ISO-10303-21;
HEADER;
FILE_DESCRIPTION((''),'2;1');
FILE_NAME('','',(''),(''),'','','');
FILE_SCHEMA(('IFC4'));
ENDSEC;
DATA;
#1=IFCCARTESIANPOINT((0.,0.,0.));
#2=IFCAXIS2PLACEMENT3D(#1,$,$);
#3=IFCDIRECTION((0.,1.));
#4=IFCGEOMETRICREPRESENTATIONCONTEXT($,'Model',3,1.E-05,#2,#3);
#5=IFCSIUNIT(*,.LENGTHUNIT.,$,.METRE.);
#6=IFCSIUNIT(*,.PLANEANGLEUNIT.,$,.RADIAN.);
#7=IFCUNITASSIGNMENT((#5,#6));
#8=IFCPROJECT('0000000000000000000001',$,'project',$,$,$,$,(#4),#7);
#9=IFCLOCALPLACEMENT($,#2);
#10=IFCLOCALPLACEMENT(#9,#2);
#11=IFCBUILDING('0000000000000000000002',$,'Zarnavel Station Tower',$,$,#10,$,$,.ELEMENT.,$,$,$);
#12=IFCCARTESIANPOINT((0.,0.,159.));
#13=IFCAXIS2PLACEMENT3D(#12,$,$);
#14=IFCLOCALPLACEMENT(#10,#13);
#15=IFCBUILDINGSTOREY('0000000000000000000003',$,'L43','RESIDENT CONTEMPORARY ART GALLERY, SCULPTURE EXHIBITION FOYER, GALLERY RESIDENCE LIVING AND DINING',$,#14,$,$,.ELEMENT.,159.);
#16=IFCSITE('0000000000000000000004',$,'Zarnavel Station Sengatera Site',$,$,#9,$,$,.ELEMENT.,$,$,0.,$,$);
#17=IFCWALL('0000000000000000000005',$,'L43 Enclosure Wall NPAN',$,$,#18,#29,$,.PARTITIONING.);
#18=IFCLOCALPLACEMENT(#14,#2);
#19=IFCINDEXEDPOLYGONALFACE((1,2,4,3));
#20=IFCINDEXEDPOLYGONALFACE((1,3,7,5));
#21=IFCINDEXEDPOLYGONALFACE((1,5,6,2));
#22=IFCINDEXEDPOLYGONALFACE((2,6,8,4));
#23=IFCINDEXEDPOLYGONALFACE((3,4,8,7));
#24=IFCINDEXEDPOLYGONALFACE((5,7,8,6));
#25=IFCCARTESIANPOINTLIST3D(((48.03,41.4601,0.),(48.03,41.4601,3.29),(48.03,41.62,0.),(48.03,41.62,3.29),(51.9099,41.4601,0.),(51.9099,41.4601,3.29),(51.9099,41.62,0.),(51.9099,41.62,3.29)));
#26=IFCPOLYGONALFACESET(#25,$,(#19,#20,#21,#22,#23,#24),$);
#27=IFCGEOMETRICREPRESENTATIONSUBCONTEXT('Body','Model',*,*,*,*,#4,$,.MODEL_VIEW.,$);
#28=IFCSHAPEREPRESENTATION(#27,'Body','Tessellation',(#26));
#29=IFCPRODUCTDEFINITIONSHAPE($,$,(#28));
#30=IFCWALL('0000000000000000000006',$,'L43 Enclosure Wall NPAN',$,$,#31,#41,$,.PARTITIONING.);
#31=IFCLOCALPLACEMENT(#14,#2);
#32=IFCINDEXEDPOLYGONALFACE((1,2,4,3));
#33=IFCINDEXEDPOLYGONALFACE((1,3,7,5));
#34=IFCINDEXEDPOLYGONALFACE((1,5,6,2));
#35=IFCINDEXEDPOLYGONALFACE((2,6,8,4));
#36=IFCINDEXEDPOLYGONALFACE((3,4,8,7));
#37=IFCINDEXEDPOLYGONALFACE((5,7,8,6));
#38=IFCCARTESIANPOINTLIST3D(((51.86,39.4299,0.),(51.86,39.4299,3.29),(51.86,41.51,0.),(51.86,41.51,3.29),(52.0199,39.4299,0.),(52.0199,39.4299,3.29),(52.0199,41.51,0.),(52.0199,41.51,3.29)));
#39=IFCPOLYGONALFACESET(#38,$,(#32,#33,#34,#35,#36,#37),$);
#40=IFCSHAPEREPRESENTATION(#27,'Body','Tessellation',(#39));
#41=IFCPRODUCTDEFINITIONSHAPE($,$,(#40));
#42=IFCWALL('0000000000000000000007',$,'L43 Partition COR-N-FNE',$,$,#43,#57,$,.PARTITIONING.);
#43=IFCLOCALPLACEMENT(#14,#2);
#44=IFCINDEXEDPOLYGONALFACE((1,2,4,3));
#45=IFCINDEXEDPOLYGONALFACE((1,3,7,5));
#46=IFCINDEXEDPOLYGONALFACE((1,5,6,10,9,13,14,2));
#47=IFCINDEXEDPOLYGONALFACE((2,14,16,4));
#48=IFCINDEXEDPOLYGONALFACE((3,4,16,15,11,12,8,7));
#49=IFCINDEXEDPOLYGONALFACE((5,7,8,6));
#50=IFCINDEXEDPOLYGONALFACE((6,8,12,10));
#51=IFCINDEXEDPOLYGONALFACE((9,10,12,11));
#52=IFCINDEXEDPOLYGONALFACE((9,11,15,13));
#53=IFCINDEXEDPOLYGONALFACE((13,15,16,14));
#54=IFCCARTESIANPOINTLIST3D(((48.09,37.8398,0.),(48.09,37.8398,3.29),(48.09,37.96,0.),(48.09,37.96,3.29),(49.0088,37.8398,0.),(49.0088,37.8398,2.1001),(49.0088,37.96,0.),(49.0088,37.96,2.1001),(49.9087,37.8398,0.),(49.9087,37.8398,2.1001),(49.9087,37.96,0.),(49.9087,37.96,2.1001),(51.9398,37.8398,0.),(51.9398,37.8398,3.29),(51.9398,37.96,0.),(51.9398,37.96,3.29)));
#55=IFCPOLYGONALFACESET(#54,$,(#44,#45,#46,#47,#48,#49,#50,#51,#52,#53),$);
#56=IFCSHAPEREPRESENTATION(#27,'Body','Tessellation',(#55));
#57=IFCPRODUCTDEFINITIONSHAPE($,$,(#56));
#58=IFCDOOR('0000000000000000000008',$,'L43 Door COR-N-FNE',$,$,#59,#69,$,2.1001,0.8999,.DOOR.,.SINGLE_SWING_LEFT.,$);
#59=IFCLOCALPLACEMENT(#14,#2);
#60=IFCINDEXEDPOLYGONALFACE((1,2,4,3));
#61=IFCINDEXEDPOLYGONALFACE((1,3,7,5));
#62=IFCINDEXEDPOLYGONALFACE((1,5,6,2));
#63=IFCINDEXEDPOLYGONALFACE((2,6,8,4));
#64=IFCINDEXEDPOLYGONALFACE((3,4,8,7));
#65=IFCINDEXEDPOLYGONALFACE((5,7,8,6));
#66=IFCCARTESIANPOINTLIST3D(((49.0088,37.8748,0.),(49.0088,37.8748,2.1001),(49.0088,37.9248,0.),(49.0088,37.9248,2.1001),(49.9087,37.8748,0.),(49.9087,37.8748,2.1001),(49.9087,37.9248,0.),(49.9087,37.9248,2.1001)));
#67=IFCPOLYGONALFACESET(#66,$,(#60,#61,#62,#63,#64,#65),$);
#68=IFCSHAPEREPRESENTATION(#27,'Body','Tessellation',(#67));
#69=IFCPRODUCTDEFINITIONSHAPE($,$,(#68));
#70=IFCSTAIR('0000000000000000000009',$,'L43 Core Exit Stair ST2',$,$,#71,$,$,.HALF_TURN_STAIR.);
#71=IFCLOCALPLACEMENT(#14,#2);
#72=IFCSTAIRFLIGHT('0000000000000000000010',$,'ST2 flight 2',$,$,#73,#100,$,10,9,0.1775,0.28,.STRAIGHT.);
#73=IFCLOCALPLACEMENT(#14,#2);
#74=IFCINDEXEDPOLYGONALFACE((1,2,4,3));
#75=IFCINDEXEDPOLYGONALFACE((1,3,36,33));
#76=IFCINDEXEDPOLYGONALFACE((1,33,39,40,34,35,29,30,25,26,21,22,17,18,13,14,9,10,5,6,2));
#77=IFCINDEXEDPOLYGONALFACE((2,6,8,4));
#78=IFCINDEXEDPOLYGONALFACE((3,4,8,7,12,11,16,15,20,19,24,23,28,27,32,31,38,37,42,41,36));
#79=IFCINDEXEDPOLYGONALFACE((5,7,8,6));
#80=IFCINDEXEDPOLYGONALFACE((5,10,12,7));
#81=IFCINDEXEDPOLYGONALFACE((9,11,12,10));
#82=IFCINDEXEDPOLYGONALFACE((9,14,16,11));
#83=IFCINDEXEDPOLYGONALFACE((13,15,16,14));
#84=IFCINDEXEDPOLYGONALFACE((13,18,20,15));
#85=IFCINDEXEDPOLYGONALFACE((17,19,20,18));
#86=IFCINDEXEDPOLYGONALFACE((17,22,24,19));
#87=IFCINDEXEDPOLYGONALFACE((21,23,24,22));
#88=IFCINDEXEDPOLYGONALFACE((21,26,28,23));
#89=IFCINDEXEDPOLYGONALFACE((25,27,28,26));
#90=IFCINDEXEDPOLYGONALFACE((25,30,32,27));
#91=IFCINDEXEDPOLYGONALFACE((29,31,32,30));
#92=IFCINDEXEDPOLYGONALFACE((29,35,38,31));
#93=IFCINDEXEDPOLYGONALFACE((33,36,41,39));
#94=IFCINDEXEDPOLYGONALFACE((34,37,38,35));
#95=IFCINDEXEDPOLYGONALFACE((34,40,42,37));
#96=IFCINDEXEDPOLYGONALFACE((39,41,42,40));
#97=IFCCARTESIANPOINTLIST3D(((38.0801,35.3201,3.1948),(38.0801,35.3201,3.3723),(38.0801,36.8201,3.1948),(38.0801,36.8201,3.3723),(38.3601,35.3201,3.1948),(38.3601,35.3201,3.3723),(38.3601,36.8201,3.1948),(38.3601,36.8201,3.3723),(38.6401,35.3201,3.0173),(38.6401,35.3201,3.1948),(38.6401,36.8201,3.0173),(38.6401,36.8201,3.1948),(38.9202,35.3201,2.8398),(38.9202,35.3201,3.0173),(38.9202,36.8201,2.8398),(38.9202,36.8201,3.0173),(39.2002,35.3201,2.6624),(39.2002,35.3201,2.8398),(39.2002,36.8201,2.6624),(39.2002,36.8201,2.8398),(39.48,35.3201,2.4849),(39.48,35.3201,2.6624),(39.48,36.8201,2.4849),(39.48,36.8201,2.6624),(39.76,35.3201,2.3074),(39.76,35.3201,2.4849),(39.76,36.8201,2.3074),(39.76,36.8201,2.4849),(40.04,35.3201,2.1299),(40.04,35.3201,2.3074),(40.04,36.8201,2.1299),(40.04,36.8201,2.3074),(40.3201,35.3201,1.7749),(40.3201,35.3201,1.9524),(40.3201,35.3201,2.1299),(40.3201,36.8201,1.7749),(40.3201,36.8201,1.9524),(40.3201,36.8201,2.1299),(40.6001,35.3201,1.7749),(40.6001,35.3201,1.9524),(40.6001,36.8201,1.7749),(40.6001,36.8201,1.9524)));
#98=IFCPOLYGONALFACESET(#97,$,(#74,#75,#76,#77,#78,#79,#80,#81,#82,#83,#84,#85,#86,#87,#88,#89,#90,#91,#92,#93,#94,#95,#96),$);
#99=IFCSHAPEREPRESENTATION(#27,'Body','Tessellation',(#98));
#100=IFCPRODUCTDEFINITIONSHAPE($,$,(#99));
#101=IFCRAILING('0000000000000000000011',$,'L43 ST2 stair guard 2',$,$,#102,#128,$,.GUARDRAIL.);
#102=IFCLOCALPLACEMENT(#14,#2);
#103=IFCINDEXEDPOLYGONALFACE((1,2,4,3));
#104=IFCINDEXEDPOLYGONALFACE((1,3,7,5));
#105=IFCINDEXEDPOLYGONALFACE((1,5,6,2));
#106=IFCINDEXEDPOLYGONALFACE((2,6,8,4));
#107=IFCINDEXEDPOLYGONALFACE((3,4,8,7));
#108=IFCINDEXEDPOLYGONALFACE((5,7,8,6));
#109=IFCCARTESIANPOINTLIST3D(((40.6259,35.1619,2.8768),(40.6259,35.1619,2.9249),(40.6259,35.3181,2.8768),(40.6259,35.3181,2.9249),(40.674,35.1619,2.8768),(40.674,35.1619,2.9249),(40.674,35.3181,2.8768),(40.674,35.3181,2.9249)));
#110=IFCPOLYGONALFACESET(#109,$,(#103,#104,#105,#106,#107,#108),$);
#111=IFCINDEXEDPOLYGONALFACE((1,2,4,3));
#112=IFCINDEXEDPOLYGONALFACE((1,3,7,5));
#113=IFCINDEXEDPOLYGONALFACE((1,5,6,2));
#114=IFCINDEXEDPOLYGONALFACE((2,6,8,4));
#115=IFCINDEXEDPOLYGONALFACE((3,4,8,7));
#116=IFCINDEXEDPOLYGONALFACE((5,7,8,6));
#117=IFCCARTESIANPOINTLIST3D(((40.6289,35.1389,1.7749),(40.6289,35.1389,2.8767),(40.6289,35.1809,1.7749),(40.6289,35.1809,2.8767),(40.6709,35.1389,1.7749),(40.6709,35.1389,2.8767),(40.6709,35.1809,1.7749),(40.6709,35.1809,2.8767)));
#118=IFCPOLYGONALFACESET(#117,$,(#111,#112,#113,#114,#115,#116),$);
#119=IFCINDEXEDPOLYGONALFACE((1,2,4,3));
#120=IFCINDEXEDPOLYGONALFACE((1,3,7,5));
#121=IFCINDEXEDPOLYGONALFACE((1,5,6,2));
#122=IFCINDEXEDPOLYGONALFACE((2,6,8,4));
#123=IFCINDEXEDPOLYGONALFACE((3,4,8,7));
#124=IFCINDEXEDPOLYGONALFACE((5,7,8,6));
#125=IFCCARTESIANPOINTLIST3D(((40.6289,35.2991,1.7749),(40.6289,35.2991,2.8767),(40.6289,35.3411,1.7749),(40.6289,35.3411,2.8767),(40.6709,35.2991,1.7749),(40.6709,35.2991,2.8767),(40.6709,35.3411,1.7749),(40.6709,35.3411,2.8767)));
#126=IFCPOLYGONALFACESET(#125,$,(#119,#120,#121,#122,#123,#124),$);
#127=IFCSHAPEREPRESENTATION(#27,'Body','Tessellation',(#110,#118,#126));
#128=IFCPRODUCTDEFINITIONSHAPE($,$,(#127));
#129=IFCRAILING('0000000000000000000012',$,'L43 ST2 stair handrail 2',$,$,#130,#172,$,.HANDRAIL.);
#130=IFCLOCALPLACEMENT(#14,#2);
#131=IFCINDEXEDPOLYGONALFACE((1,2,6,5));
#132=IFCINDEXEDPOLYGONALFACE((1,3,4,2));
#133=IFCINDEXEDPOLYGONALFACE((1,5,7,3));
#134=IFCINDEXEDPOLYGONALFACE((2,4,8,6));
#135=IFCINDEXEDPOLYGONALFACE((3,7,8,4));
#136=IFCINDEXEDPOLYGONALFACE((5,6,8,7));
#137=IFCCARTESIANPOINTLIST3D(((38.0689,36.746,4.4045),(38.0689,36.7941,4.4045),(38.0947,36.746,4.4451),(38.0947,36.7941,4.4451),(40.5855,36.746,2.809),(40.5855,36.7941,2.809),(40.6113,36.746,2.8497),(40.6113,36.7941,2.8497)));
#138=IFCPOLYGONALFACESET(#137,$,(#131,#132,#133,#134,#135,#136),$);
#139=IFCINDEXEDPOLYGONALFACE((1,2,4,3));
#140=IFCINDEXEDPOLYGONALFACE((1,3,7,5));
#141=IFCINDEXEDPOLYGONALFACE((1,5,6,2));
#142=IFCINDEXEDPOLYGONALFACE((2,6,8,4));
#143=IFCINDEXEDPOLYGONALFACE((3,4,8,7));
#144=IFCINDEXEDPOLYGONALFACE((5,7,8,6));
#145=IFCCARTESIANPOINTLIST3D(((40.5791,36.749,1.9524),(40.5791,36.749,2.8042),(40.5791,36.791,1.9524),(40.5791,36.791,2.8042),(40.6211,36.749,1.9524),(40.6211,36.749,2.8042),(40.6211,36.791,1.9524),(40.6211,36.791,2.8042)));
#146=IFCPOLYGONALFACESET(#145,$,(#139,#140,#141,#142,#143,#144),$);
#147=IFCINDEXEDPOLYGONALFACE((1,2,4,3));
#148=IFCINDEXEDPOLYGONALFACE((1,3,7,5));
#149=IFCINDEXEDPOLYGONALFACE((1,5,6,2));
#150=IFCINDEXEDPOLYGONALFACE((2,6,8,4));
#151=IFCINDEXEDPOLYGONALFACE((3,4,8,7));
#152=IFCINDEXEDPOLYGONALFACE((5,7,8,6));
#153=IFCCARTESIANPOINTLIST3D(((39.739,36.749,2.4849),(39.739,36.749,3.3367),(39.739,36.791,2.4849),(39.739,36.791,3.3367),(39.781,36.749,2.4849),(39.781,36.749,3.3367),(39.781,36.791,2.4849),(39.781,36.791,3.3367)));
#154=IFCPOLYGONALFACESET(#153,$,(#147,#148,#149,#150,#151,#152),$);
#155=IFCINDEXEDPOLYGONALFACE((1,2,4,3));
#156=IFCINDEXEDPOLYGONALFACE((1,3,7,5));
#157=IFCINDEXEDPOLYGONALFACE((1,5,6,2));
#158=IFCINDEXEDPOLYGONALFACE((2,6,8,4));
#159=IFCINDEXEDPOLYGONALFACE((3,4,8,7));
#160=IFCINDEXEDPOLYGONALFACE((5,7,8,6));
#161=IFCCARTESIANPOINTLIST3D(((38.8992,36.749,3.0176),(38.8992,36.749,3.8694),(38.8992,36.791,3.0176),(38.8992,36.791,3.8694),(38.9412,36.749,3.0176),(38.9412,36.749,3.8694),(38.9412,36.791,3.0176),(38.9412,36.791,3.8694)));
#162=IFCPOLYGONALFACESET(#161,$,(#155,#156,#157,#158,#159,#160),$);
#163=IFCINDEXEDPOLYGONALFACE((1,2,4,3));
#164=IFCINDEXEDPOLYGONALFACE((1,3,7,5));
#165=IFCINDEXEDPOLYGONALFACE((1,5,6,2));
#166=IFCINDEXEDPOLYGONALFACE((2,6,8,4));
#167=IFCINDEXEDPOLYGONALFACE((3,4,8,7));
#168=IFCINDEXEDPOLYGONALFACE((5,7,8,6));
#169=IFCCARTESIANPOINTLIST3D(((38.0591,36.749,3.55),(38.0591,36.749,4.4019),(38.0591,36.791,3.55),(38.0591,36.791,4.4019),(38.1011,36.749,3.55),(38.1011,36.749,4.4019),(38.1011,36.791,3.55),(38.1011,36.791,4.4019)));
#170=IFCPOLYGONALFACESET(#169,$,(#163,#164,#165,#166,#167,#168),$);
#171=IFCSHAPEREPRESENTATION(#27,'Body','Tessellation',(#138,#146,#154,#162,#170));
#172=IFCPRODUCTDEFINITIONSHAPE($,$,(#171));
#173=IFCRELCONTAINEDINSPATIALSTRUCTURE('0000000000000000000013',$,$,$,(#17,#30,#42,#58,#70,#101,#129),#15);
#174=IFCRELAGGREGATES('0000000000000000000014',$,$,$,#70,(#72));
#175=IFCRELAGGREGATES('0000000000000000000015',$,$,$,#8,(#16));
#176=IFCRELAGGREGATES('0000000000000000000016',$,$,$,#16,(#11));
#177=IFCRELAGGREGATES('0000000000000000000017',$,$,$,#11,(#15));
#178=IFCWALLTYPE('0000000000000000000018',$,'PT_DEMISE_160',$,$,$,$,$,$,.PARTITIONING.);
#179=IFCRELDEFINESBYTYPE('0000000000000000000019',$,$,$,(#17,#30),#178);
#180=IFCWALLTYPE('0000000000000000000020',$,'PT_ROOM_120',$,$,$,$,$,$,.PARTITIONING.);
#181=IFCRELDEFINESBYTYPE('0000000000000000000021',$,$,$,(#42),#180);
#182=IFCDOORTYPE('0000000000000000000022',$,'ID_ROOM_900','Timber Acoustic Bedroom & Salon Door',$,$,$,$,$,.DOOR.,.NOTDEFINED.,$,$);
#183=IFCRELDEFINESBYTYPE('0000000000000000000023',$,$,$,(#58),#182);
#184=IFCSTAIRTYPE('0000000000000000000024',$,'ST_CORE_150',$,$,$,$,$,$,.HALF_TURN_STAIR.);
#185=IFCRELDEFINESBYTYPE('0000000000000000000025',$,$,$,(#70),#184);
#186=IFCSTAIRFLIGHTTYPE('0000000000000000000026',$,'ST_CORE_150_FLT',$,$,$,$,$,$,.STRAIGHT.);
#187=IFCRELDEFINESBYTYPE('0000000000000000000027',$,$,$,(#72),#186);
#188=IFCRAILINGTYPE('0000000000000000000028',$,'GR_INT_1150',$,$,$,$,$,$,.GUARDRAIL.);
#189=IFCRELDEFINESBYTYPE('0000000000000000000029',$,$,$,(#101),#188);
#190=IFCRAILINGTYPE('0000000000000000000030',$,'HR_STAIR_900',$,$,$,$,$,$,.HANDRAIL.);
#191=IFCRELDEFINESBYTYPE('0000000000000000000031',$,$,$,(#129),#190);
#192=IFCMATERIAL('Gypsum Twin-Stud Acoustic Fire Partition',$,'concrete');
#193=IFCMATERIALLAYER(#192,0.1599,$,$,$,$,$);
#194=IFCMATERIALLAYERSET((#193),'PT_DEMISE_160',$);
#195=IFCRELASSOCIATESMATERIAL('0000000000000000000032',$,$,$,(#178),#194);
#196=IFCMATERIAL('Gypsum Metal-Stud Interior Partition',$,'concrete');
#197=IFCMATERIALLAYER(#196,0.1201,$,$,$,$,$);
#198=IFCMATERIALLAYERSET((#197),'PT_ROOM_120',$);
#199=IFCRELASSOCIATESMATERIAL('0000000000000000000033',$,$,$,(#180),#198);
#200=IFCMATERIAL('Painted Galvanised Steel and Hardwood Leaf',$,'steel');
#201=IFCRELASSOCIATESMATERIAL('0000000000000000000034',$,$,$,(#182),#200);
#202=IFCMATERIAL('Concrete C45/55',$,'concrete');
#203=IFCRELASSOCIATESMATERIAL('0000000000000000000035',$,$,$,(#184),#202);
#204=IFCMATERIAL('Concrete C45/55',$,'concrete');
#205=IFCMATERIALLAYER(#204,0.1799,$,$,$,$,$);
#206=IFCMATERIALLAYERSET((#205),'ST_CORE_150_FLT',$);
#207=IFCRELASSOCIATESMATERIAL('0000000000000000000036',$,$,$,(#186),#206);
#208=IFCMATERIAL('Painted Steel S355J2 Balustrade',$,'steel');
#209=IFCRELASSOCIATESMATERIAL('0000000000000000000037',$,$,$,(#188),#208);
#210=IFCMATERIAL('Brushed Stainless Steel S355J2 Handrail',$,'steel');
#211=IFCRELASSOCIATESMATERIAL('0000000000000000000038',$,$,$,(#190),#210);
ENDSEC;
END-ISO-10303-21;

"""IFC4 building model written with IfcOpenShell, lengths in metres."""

from ifc_helpers import new_model, si_unit, direction, frame, frame_2d, origin, origin_2d, place, context, subcontext, project, spatial, polyline, rectangle, outline, extrude, material, layer, layer_set, type_object, element, fill, aggregate, save


model = new_model("IFC4")

# Units and contexts
model_context = context("Model", 3, precision=1e-05, world=origin(), true_north=direction((0.0, 1.0)))
body_context = subcontext(model_context, "Body", "Model", "MODEL_VIEW")
ifc_project = project(units=[si_unit("LENGTHUNIT", "METRE"), si_unit("PLANEANGLEUNIT", "RADIAN")], contexts=[model_context])

# Site, building, storey
site_placement = place(None, origin())
site = spatial("IfcSite", under=ifc_project, at=site_placement, Name="Zarnavel Station Sengatera Site", CompositionType="ELEMENT", RefElevation=0.0)
building_placement = place(site_placement, origin())
building = spatial("IfcBuilding", under=site, at=building_placement, Name="Zarnavel Station Tower", CompositionType="ELEMENT")
storey_placement = place(building_placement, frame((0.0, 0.0, 159.0)))
storey = spatial("IfcBuildingStorey", under=building, at=storey_placement, Name="L43", Description="RESIDENT CONTEMPORARY ART GALLERY, SCULPTURE EXHIBITION FOYER, GALLERY RESIDENCE LIVING AND DINING", CompositionType="ELEMENT", Elevation=159.0)

# Walls
ifc_material_1 = material(Name="Gypsum Twin-Stud Acoustic Fire Partition", Category="concrete")
ifc_layer_1 = layer(ifc_material_1, 0.1599)
ifc_layer_set_1 = layer_set([ifc_layer_1], Name="PT_DEMISE_160")
wall_type_1 = type_object("IfcWallType", Name="PT_DEMISE_160", PredefinedType="PARTITIONING", material=ifc_layer_set_1)
wall_1_placement = place(storey_placement, frame((48.03, 41.54, 0.0), z_axis=(0.0, 0.0, 1.0), x_axis=(1.0, 0.0, 0.0)))
element("IfcWall", 1, at=wall_1_placement, inside=storey, type_object=wall_type_1, Name="L43 Enclosure Wall NPAN", PredefinedType="PARTITIONING", context=body_context, shape_type="SweptSolid", body=[
    extrude(rectangle(XDim=3.8799, YDim=0.1599, at=frame_2d((1.9399, 0.0))), origin(), (0.0, 0.0, 1.0), 3.29),
])
wall_2_placement = place(storey_placement, frame((51.9399, 39.4299, 0.0), z_axis=(0.0, 0.0, 1.0), x_axis=(0.0, 1.0, 0.0)))
element("IfcWall", 2, at=wall_2_placement, inside=storey, type_object=wall_type_1, Name="L43 Enclosure Wall NPAN", PredefinedType="PARTITIONING", context=body_context, shape_type="SweptSolid", body=[
    extrude(rectangle(XDim=2.0801, YDim=0.1599, at=frame_2d((1.04, 0.0))), origin(), (0.0, 0.0, 1.0), 3.29),
])

# Wall, opening, door
ifc_material_2 = material(Name="Gypsum Metal-Stud Interior Partition", Category="concrete")
ifc_layer_2 = layer(ifc_material_2, 0.1201)
ifc_layer_set_2 = layer_set([ifc_layer_2], Name="PT_ROOM_120")
wall_type_2 = type_object("IfcWallType", Name="PT_ROOM_120", PredefinedType="PARTITIONING", material=ifc_layer_set_2)
wall_3_placement = place(storey_placement, frame((48.0901, 37.8999, 0.0), z_axis=(0.0, 0.0, 1.0), x_axis=(1.0, 0.0, 0.0)))
wall_3 = element("IfcWall", 3, at=wall_3_placement, inside=storey, type_object=wall_type_2, Name="L43 Partition COR-N-FNE", PredefinedType="PARTITIONING", context=body_context, shape_type="SweptSolid", body=[
    extrude(rectangle(XDim=3.8499, YDim=0.1201, at=frame_2d((1.9248, 0.0))), origin(), (0.0, 0.0, 1.0), 3.29),
])
opening_1_placement = place(wall_3_placement, frame((0.9187, 0.0, 0.0)))
opening_1 = element("IfcOpeningElement", 4, at=opening_1_placement, cuts=wall_3, PredefinedType="OPENING", context=body_context, shape_type="SweptSolid", body=[
    extrude(rectangle(XDim=0.8999, YDim=2.1001, at=frame_2d((0.45, 1.05))), frame((0.0, 0.0701, 0.0), z_axis=(0.0, -1.0, 0.0), x_axis=(1.0, 0.0, 0.0)), (0.0, 0.0, 1.0), 0.1401),
])
ifc_material_3 = material(Name="Painted Galvanised Steel and Hardwood Leaf", Category="steel")
door_type_1 = type_object("IfcDoorType", Name="ID_ROOM_900", Description="Timber Acoustic Bedroom & Salon Door", OperationType="NOTDEFINED", PredefinedType="DOOR", material=ifc_material_3)
door_1_placement = place(opening_1_placement, origin())
door_1 = element("IfcDoor", 5, at=door_1_placement, inside=storey, type_object=door_type_1, Name="L43 Door COR-N-FNE", OperationType="SINGLE_SWING_LEFT", OverallHeight=2.1001, OverallWidth=0.8999, PredefinedType="DOOR", context=body_context, shape_type="SweptSolid", body=[
    extrude(rectangle(XDim=0.8999, YDim=2.1001, at=frame_2d((0.45, 1.05))), frame((0.0, 0.0249, 0.0), z_axis=(0.0, -1.0, 0.0), x_axis=(1.0, 0.0, 0.0)), (0.0, 0.0, 1.0), 0.05),
])
fill(opening_1, door_1)

# Stair, stair flight
ifc_material_4 = material(Name="Concrete C45/55", Category="concrete")
stair_type = type_object("IfcStairType", Name="ST_CORE_150", PredefinedType="HALF_TURN_STAIR", material=ifc_material_4)
stair_placement = place(storey_placement, origin())
stair = element("IfcStair", 6, at=stair_placement, inside=storey, type_object=stair_type, Name="L43 Core Exit Stair ST2", PredefinedType="HALF_TURN_STAIR")
ifc_material_5 = material(Name="Concrete C45/55", Category="concrete")
ifc_layer_3 = layer(ifc_material_5, 0.1799)
ifc_layer_set_3 = layer_set([ifc_layer_3], Name="ST_CORE_150_FLT")
stair_flight_type = type_object("IfcStairFlightType", Name="ST_CORE_150_FLT", PredefinedType="STRAIGHT", material=ifc_layer_set_3)
stair_flight_placement = place(storey_placement, frame((40.6001, 36.0701, 1.7749), z_axis=(0.0, 0.0, 1.0), x_axis=(-1.0, 0.0, 0.0)))
stair_flight = element("IfcStairFlight", 7, at=stair_flight_placement, type_object=stair_flight_type, Name="ST2 flight 2", NumberOfRisers=10, NumberOfTreads=9, PredefinedType="STRAIGHT", RiserHeight=0.1775, TreadLength=0.28, context=body_context, shape_type="SweptSolid", body=[
    extrude(outline(polyline([(0.0, 0.0), (0.0, 0.1775), (0.28, 0.1775), (0.28, 0.355), (0.5601, 0.355), (0.5601, 0.5325), (0.8401, 0.5325), (0.8401, 0.71), (1.1201, 0.71), (1.1201, 0.8875), (1.3999, 0.8875), (1.3999, 1.0649), (1.6799, 1.0649), (1.6799, 1.2424), (1.96, 1.2424), (1.96, 1.4199), (2.24, 1.4199), (2.24, 1.5974), (2.52, 1.5974), (2.52, 1.7749), (2.52, 1.4199), (0.28, 0.0), (0.0, 0.0)])), frame((0.0, 0.75, 0.0), z_axis=(0.0, -1.0, 0.0), x_axis=(1.0, 0.0, 0.0)), (0.0, 0.0, 1.0), 1.5),
])
aggregate(stair, [stair_flight])

# Railings
ifc_material_6 = material(Name="Painted Steel S355J2 Balustrade", Category="steel")
railing_type_1 = type_object("IfcRailingType", Name="GR_INT_1150", PredefinedType="GUARDRAIL", material=ifc_material_6)
railing_placement = place(storey_placement, frame((40.6499, 35.1599, 1.7749)))
element("IfcRailing", 8, at=railing_placement, inside=storey, type_object=railing_type_1, Name="L43 ST2 stair guard 2", PredefinedType="GUARDRAIL", context=body_context, shape_type="SweptSolid", body=[
    extrude(rectangle(XDim=0.0481, YDim=0.0481, at=origin_2d()), frame((0.0, 0.002, 1.126), z_axis=(0.0, 1.0, 0.0), x_axis=(-1.0, 0.0, 0.0)), (0.0, 0.0, 1.0), 0.1562),
    extrude(rectangle(XDim=0.042, YDim=0.042, at=origin_2d()), origin(), (0.0, 0.0, 1.0), 1.1018),
    extrude(rectangle(XDim=0.042, YDim=0.042, at=origin_2d()), frame((0.0, 0.1602, 0.0)), (0.0, 0.0, 1.0), 1.1018),
])
ifc_material_7 = material(Name="Brushed Stainless Steel S355J2 Handrail", Category="steel")
railing_type_2 = type_object("IfcRailingType", Name="HR_STAIR_900", PredefinedType="HANDRAIL", material=ifc_material_7)
for number, where, name in (
    (9, (40.6001, 36.77, 1.9524), "L43 ST2 stair handrail 2"),
):
    element("IfcRailing", number, at=place(storey_placement, frame(where)), inside=storey, type_object=railing_type_2, Name=name, PredefinedType="HANDRAIL", context=body_context, shape_type="SweptSolid", body=[
        extrude(rectangle(XDim=0.0481, YDim=0.0481, at=origin_2d()), frame((-0.0017, 0.0, 0.877), z_axis=(-0.84457, 0.0, 0.535445), x_axis=(0.0, -1.0, 0.0)), (0.0, 0.0, 1.0), 2.9797),
        extrude(rectangle(XDim=0.042, YDim=0.042, at=origin_2d()), origin(), (0.0, 0.0, 1.0), 0.8518),
        extrude(rectangle(XDim=0.042, YDim=0.042, at=origin_2d()), frame((-0.8401, 0.0, 0.5325)), (0.0, 0.0, 1.0), 0.8518),
        extrude(rectangle(XDim=0.042, YDim=0.042, at=origin_2d()), frame((-1.6799, 0.0, 1.0652)), (0.0, 0.0, 1.0), 0.8518),
        extrude(rectangle(XDim=0.042, YDim=0.042, at=origin_2d()), frame((-2.52, 0.0, 1.5977)), (0.0, 0.0, 1.0), 0.8518),
    ])

save(model, "model.ifc")
